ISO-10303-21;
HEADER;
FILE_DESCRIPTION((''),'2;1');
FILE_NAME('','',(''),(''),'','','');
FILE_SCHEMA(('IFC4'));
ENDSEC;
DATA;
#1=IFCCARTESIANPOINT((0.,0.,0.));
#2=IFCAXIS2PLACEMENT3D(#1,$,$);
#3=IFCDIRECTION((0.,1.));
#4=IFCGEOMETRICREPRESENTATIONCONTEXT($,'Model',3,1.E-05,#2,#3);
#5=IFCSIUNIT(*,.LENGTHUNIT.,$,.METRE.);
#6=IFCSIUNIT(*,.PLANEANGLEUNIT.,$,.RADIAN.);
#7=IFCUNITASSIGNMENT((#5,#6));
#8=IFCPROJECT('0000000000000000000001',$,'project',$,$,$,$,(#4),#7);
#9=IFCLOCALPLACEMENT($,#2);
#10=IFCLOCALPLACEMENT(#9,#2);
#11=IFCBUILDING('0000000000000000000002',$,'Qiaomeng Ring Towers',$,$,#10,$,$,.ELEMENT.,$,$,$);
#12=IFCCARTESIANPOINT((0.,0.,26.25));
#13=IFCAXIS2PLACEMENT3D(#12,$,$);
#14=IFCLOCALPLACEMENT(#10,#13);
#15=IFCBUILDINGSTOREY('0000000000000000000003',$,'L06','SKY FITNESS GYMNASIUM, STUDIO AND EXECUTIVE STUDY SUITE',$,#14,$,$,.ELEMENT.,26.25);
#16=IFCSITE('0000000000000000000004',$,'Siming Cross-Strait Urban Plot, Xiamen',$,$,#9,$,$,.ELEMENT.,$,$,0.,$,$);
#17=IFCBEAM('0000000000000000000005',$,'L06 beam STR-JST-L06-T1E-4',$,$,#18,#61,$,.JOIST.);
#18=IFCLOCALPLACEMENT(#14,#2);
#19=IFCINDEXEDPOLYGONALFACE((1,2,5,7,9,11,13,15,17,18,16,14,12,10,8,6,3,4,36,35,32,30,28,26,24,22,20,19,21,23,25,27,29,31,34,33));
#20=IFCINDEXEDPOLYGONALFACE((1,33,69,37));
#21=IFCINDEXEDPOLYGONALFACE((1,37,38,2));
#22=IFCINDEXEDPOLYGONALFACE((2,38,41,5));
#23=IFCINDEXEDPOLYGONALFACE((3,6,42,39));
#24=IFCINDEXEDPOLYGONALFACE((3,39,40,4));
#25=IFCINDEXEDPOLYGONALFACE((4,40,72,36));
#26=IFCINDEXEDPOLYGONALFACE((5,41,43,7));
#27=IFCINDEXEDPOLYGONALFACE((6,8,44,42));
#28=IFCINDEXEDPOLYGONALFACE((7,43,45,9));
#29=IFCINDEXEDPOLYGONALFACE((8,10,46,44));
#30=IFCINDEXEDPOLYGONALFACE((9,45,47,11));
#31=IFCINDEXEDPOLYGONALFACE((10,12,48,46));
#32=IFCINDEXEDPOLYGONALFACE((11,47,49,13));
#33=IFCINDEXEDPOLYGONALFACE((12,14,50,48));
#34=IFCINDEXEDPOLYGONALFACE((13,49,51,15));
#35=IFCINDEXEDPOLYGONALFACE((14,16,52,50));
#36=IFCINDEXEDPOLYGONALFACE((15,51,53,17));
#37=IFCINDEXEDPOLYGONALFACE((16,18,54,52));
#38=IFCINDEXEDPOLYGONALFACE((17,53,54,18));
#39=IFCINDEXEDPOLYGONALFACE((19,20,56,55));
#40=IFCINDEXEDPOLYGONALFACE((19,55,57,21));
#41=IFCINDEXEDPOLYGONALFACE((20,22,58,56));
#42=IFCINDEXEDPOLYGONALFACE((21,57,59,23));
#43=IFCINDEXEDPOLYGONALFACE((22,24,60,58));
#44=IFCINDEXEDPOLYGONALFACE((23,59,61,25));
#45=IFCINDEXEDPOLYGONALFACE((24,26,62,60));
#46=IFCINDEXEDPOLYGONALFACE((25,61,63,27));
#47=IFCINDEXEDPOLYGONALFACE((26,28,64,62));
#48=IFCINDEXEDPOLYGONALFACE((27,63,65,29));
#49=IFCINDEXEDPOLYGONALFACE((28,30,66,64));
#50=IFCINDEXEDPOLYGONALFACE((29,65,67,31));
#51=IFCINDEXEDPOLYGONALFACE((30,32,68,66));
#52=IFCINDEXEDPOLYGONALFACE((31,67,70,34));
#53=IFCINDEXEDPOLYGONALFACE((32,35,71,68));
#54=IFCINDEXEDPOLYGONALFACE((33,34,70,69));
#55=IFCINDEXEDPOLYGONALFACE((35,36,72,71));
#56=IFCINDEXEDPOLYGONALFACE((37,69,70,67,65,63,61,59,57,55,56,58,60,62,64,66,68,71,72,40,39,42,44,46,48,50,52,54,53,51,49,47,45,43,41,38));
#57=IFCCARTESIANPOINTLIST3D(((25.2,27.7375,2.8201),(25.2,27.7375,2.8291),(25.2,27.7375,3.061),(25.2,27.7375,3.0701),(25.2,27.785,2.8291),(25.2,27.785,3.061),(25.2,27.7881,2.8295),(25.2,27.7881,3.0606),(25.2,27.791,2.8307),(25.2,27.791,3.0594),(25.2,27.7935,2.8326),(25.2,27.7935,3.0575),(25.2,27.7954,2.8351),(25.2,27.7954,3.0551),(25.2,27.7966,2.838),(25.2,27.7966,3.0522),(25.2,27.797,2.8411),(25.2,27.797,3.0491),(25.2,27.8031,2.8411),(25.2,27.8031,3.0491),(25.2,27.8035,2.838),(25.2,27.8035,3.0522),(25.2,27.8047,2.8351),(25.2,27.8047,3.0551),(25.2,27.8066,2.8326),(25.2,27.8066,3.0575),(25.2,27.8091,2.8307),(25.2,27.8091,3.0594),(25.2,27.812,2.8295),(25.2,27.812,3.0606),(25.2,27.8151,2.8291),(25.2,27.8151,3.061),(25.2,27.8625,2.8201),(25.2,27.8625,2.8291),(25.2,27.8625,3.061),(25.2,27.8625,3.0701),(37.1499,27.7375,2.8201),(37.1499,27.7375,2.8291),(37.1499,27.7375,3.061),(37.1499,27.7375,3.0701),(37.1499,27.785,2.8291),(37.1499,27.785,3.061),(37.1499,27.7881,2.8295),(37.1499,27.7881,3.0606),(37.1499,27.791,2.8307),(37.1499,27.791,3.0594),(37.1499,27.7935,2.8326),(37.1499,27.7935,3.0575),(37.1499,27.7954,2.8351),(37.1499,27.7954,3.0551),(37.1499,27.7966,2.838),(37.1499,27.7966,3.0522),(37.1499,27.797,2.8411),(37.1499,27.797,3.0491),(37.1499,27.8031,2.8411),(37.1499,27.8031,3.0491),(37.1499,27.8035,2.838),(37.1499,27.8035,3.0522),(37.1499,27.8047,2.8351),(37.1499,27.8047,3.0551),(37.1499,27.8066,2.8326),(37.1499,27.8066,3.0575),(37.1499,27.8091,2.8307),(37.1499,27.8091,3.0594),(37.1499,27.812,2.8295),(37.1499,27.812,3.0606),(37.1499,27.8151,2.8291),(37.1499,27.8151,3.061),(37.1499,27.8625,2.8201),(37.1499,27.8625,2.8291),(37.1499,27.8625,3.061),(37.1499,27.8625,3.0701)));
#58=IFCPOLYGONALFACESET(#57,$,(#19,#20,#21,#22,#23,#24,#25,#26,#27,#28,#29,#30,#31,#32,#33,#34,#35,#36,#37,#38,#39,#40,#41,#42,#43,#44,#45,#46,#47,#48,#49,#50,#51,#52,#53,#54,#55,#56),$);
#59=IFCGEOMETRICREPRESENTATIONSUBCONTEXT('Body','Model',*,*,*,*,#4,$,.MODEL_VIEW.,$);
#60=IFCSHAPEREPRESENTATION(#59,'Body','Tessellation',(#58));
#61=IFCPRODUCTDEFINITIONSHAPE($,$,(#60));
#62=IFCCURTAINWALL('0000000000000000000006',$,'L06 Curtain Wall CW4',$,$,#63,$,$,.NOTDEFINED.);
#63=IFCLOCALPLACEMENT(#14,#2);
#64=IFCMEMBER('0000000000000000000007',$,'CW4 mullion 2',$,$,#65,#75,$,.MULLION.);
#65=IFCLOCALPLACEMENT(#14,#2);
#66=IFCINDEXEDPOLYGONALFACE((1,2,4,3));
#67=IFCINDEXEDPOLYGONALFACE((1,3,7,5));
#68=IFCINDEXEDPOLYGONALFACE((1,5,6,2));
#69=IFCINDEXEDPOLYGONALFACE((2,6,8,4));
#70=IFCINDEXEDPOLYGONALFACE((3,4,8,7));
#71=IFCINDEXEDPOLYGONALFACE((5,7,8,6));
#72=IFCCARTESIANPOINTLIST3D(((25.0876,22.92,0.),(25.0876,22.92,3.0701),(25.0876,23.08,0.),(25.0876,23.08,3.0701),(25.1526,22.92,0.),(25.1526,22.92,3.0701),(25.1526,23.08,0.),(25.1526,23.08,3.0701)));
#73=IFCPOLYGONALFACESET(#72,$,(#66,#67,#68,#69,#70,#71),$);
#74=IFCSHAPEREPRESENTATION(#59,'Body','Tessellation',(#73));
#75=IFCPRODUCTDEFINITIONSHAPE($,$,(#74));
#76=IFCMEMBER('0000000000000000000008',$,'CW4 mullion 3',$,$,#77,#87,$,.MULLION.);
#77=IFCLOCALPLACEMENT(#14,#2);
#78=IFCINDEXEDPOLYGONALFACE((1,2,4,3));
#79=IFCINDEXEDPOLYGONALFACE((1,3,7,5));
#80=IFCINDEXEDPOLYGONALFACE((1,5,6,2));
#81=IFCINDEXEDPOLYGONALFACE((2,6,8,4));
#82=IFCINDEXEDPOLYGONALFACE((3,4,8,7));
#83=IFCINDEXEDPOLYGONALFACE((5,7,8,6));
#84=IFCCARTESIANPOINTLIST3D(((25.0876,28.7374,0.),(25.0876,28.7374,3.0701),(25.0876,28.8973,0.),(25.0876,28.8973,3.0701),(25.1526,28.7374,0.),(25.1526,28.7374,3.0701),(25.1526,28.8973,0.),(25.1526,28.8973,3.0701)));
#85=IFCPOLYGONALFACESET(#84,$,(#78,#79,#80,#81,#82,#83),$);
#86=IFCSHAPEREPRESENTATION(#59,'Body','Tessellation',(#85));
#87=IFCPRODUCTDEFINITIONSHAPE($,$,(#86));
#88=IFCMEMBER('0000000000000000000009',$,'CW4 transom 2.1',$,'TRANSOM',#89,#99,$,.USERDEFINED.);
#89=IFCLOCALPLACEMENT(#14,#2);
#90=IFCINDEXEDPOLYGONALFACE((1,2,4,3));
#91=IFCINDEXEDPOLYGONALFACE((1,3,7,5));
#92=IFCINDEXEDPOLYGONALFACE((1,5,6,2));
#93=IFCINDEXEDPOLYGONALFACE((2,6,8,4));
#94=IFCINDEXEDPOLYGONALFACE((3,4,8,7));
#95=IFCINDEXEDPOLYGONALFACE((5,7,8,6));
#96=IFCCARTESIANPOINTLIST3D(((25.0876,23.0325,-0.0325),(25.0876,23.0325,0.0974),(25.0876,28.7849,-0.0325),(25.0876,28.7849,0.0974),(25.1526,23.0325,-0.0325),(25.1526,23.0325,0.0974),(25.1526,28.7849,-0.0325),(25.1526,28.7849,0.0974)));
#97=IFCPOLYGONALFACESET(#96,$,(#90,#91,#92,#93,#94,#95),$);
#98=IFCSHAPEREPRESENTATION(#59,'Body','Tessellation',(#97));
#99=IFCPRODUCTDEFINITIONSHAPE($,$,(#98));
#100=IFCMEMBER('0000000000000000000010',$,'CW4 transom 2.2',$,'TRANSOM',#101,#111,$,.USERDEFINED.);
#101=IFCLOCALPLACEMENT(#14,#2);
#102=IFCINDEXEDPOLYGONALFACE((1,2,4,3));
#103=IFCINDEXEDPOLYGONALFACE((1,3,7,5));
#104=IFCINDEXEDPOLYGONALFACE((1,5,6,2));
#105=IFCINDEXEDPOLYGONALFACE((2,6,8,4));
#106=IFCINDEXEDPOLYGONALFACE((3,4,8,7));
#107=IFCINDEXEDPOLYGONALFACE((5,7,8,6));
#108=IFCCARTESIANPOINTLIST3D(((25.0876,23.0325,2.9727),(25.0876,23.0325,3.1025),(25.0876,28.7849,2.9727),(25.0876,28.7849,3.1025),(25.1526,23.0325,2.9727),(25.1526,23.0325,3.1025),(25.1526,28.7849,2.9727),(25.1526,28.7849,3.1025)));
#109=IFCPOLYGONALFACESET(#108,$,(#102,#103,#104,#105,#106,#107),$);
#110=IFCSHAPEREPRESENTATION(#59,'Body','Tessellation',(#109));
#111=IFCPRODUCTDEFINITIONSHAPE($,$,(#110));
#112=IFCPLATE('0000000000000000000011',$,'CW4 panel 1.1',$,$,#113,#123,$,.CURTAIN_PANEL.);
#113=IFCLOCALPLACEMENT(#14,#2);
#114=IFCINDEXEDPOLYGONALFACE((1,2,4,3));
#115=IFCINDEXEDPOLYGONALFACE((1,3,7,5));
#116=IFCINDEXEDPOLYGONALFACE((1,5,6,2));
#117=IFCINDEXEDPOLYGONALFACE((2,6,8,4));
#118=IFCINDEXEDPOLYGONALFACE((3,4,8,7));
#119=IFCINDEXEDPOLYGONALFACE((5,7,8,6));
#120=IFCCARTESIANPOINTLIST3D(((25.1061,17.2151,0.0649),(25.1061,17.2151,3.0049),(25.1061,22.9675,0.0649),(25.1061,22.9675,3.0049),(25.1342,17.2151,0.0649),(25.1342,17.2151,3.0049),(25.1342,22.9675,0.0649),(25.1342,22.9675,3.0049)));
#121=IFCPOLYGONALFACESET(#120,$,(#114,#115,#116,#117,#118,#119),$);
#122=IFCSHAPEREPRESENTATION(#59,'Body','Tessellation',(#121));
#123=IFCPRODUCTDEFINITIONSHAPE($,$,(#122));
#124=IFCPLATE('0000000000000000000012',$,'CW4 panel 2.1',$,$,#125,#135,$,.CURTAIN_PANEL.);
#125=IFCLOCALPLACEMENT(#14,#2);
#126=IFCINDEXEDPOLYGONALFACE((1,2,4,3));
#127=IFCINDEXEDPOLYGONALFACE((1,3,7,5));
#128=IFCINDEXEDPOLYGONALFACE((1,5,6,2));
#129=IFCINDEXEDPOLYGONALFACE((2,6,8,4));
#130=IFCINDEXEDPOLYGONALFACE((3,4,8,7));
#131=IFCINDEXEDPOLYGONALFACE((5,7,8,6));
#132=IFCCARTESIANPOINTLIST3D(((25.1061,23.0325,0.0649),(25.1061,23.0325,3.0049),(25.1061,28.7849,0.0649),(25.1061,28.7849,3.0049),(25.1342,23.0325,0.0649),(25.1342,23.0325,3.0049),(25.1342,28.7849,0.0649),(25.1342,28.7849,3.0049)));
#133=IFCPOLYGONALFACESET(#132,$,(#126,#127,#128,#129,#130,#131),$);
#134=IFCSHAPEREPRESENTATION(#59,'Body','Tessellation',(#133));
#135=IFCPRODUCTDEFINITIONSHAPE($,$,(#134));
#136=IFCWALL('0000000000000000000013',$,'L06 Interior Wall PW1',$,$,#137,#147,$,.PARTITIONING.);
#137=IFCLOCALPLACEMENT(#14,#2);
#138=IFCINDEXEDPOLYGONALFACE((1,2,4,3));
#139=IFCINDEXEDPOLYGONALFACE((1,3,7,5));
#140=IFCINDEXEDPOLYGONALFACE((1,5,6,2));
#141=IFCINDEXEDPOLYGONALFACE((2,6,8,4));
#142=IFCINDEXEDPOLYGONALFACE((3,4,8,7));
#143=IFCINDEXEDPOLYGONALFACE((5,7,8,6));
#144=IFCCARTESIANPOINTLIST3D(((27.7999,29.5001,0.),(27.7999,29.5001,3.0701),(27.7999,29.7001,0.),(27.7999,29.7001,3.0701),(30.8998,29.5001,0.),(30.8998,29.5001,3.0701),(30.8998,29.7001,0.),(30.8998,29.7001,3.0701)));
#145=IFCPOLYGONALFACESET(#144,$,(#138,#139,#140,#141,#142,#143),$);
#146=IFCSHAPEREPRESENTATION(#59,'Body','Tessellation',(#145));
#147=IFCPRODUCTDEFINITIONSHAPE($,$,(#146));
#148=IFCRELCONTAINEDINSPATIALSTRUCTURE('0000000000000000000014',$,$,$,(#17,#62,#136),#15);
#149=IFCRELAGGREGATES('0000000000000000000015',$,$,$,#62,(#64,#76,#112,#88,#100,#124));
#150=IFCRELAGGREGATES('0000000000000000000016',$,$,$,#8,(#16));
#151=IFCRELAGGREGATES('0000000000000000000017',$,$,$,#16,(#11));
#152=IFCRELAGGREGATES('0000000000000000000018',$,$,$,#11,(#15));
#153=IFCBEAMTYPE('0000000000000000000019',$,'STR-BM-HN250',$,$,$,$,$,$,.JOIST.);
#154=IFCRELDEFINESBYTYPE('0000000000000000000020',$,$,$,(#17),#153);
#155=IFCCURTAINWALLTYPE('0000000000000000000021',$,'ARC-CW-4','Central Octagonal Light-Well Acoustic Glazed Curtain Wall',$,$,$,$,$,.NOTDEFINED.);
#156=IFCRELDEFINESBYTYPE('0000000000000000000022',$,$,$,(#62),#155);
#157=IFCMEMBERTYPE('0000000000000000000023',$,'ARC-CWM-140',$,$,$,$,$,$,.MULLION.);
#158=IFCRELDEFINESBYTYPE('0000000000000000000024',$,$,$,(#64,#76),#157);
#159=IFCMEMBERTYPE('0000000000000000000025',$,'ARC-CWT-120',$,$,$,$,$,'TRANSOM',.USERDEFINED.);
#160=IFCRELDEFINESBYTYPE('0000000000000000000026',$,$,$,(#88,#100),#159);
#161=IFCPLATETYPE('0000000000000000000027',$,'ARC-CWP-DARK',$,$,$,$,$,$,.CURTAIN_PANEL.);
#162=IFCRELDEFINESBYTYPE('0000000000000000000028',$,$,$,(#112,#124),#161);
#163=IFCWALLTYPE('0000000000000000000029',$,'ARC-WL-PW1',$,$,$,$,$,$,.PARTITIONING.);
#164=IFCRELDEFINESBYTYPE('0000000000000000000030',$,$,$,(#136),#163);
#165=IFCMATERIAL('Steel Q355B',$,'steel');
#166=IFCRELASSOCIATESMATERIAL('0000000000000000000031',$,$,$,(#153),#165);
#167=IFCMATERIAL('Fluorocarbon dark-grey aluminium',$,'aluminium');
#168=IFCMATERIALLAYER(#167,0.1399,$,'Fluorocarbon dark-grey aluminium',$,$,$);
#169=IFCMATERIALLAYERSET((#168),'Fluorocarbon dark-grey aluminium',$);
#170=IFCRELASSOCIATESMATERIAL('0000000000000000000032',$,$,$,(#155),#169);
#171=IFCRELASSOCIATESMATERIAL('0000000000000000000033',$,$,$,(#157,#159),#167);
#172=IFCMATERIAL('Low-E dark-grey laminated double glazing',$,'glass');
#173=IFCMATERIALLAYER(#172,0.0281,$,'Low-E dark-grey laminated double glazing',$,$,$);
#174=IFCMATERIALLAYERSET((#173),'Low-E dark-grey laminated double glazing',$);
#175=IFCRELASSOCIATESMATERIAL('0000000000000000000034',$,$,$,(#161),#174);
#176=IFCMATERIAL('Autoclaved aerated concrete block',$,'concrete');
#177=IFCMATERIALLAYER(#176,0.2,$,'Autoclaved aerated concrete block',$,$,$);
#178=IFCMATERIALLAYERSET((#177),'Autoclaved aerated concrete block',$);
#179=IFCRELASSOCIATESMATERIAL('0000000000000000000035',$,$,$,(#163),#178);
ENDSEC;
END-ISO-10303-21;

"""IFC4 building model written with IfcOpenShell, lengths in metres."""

from ifc_helpers import new_model, si_unit, direction, frame, frame_2d, origin, origin_2d, place, context, subcontext, project, spatial, rectangle, i_section, extrude, source, transform, mapped, material, layer, layer_set, material_profile, profile_set, type_object, element, aggregate, save


model = new_model("IFC4")

# Units and contexts
model_context = context("Model", 3, precision=1e-05, world=origin(), true_north=direction((0.0, 1.0)))
body_context = subcontext(model_context, "Body", "Model", "MODEL_VIEW")
ifc_project = project(units=[si_unit("LENGTHUNIT", "METRE"), si_unit("PLANEANGLEUNIT", "RADIAN")], contexts=[model_context])

# Site, building, storey
site_placement = place(None, origin())
site = spatial("IfcSite", under=ifc_project, at=site_placement, Name="Siming Cross-Strait Urban Plot, Xiamen", CompositionType="ELEMENT", RefElevation=0.0)
building_placement = place(site_placement, origin())
building = spatial("IfcBuilding", under=site, at=building_placement, Name="Qiaomeng Ring Towers", CompositionType="ELEMENT")
storey_placement = place(building_placement, frame((0.0, 0.0, 26.25)))
storey = spatial("IfcBuildingStorey", under=building, at=storey_placement, Name="L06", Description="SKY FITNESS GYMNASIUM, STUDIO AND EXECUTIVE STUDY SUITE", CompositionType="ELEMENT", Elevation=26.25)

# Beam
ifc_material_1 = material(Name="Steel Q355B", Category="steel")
ifc_material_profile_1 = material_profile(ifc_material_1, i_section(OverallWidth=0.125, OverallDepth=0.25, WebThickness=0.0061, FlangeThickness=0.009, FilletRadius=0.012, at=origin_2d()), Name="HN 250x125x6x9")
ifc_profile_set_1 = profile_set([ifc_material_profile_1], Name="Steel Q355B")
beam_type_1 = type_object("IfcBeamType", Name="STR-BM-HN250", PredefinedType="JOIST", material=ifc_profile_set_1)
shared_shape_1 = source(origin(), body_context, "Body", "SweptSolid", [
    extrude(i_section(OverallWidth=0.125, OverallDepth=0.25, WebThickness=0.0061, FlangeThickness=0.009, FilletRadius=0.012, at=origin_2d()), origin(), (0.0, 0.0, 1.0), 11.95),
])
for number, where, z_axis, x_axis, name in (
    (1, (25.2, 27.8, 2.9451), (1.0, 0.0, 0.0), (0.0, 1.0, 0.0), "L06 beam STR-JST-L06-T1E-4"),
):
    element("IfcBeam", number, at=place(storey_placement, frame(where, z_axis=z_axis, x_axis=x_axis)), inside=storey, type_object=beam_type_1, Name=name, PredefinedType="JOIST", context=body_context, shape_type="MappedRepresentation", body=[
        mapped(shared_shape_1, transform((0.0, 0.0, 0.0), x_axis=(1.0, 0.0, 0.0), y_axis=(0.0, 1.0, 0.0), z_axis=(0.0, 0.0, 1.0), scale=1.0)),
    ])

# Curtain wall, members, plates
ifc_material_2 = material(Name="Fluorocarbon dark-grey aluminium", Category="aluminium")
ifc_layer_1 = layer(ifc_material_2, 0.1399, Name="Fluorocarbon dark-grey aluminium")
ifc_layer_set_1 = layer_set([ifc_layer_1], Name="Fluorocarbon dark-grey aluminium")
curtain_wall_type = type_object("IfcCurtainWallType", Name="ARC-CW-4", Description="Central Octagonal Light-Well Acoustic Glazed Curtain Wall", PredefinedType="NOTDEFINED", material=ifc_layer_set_1)
curtain_wall_placement = place(storey_placement, origin())
curtain_wall = element("IfcCurtainWall", 2, at=curtain_wall_placement, inside=storey, type_object=curtain_wall_type, Name="L06 Curtain Wall CW4", PredefinedType="NOTDEFINED")
ifc_material_profile_2 = material_profile(ifc_material_2, rectangle(XDim=0.0649, YDim=0.1599, at=origin_2d()), Name="ALU MULL 65x160")
ifc_profile_set_2 = profile_set([ifc_material_profile_2], Name="Fluorocarbon dark-grey aluminium")
member_type_1 = type_object("IfcMemberType", Name="ARC-CWM-140", PredefinedType="MULLION", material=ifc_profile_set_2)
shared_shape_2 = source(origin(), body_context, "Body", "SweptSolid", [
    extrude(rectangle(XDim=0.0649, YDim=0.1599, at=origin_2d()), origin(), (0.0, 0.0, 1.0), 3.0701),
])
member_1_placement = place(storey_placement, frame((25.1201, 23.0, 0.0), z_axis=(0.0, 0.0, 1.0), x_axis=(-1.0, 0.0, 0.0)))
member_1 = element("IfcMember", 3, at=member_1_placement, type_object=member_type_1, Name="CW4 mullion 2", PredefinedType="MULLION", context=body_context, shape_type="MappedRepresentation", body=[
    mapped(shared_shape_2, transform((0.0, 0.0, 0.0), x_axis=(1.0, 0.0, 0.0), y_axis=(0.0, 1.0, 0.0), z_axis=(0.0, 0.0, 1.0), scale=1.0)),
])
member_2_placement = place(storey_placement, frame((25.1201, 28.8174, 0.0), z_axis=(0.0, 0.0, 1.0), x_axis=(-1.0, 0.0, 0.0)))
member_2 = element("IfcMember", 4, at=member_2_placement, type_object=member_type_1, Name="CW4 mullion 3", PredefinedType="MULLION", context=body_context, shape_type="MappedRepresentation", body=[
    mapped(shared_shape_2, transform((0.0, 0.0, 0.0), x_axis=(1.0, 0.0, 0.0), y_axis=(0.0, 1.0, 0.0), z_axis=(0.0, 0.0, 1.0), scale=1.0)),
])
ifc_material_profile_3 = material_profile(ifc_material_2, rectangle(XDim=0.0649, YDim=0.1299, at=origin_2d()), Name="ALU TRAN 65x130")
ifc_profile_set_3 = profile_set([ifc_material_profile_3], Name="Fluorocarbon dark-grey aluminium")
member_type_2 = type_object("IfcMemberType", Name="ARC-CWT-120", ElementType="TRANSOM", PredefinedType="USERDEFINED", material=ifc_profile_set_3)
shared_shape_3 = source(origin(), body_context, "Body", "SweptSolid", [
    extrude(rectangle(XDim=0.0649, YDim=0.1299, at=origin_2d()), origin(), (0.0, 0.0, 1.0), 5.7524),
])
member_3_placement = place(storey_placement, frame((25.1201, 23.0325, 0.0325), z_axis=(0.0, 1.0, 0.0), x_axis=(-1.0, 0.0, 0.0)))
member_3 = element("IfcMember", 5, at=member_3_placement, type_object=member_type_2, Name="CW4 transom 2.1", ObjectType="TRANSOM", PredefinedType="USERDEFINED", context=body_context, shape_type="MappedRepresentation", body=[
    mapped(shared_shape_3, transform((0.0, 0.0, 0.0), x_axis=(1.0, 0.0, 0.0), y_axis=(0.0, 1.0, 0.0), z_axis=(0.0, 0.0, 1.0), scale=1.0)),
])
member_4_placement = place(storey_placement, frame((25.1201, 23.0325, 3.0376), z_axis=(0.0, 1.0, 0.0), x_axis=(-1.0, 0.0, 0.0)))
member_4 = element("IfcMember", 6, at=member_4_placement, type_object=member_type_2, Name="CW4 transom 2.2", ObjectType="TRANSOM", PredefinedType="USERDEFINED", context=body_context, shape_type="MappedRepresentation", body=[
    mapped(shared_shape_3, transform((0.0, 0.0, 0.0), x_axis=(1.0, 0.0, 0.0), y_axis=(0.0, 1.0, 0.0), z_axis=(0.0, 0.0, 1.0), scale=1.0)),
])
ifc_material_3 = material(Name="Low-E dark-grey laminated double glazing", Category="glass")
ifc_layer_2 = layer(ifc_material_3, 0.0281, Name="Low-E dark-grey laminated double glazing")
ifc_layer_set_2 = layer_set([ifc_layer_2], Name="Low-E dark-grey laminated double glazing")
plate_type = type_object("IfcPlateType", Name="ARC-CWP-DARK", PredefinedType="CURTAIN_PANEL", material=ifc_layer_set_2)
shared_shape_4 = source(origin(), body_context, "Body", "SweptSolid", [
    extrude(rectangle(XDim=5.7524, YDim=0.0281, at=origin_2d()), origin(), (0.0, 0.0, 1.0), 2.9399),
])
plate_1_placement = place(storey_placement, frame((25.1201, 20.0913, 0.0649), z_axis=(0.0, 0.0, 1.0), x_axis=(0.0, 1.0, 0.0)))
plate_1 = element("IfcPlate", 7, at=plate_1_placement, type_object=plate_type, Name="CW4 panel 1.1", PredefinedType="CURTAIN_PANEL", context=body_context, shape_type="MappedRepresentation", body=[
    mapped(shared_shape_4, transform((0.0, 0.0, 0.0), x_axis=(1.0, 0.0, 0.0), y_axis=(0.0, 1.0, 0.0), z_axis=(0.0, 0.0, 1.0), scale=1.0)),
])
plate_2_placement = place(storey_placement, frame((25.1201, 25.9087, 0.0649), z_axis=(0.0, 0.0, 1.0), x_axis=(0.0, 1.0, 0.0)))
plate_2 = element("IfcPlate", 8, at=plate_2_placement, type_object=plate_type, Name="CW4 panel 2.1", PredefinedType="CURTAIN_PANEL", context=body_context, shape_type="MappedRepresentation", body=[
    mapped(shared_shape_4, transform((0.0, 0.0, 0.0), x_axis=(1.0, 0.0, 0.0), y_axis=(0.0, 1.0, 0.0), z_axis=(0.0, 0.0, 1.0), scale=1.0)),
])
aggregate(curtain_wall, [member_1, member_2, plate_1, member_3, member_4, plate_2])

# Wall
ifc_material_4 = material(Name="Autoclaved aerated concrete block", Category="concrete")
ifc_layer_3 = layer(ifc_material_4, 0.2, Name="Autoclaved aerated concrete block")
ifc_layer_set_3 = layer_set([ifc_layer_3], Name="Autoclaved aerated concrete block")
wall_type_1 = type_object("IfcWallType", Name="ARC-WL-PW1", PredefinedType="PARTITIONING", material=ifc_layer_set_3)
wall_1_placement = place(storey_placement, frame((27.8, 29.6001, 0.0), z_axis=(0.0, 0.0, 1.0), x_axis=(1.0, 0.0, 0.0)))
element("IfcWall", 9, at=wall_1_placement, inside=storey, type_object=wall_type_1, Name="L06 Interior Wall PW1", PredefinedType="PARTITIONING", context=body_context, shape_type="SweptSolid", body=[
    extrude(rectangle(XDim=3.0999, YDim=0.2, at=frame_2d((1.5498, 0.0))), origin(), (0.0, 0.0, 1.0), 3.0701),
])

save(model, "model.ifc")
